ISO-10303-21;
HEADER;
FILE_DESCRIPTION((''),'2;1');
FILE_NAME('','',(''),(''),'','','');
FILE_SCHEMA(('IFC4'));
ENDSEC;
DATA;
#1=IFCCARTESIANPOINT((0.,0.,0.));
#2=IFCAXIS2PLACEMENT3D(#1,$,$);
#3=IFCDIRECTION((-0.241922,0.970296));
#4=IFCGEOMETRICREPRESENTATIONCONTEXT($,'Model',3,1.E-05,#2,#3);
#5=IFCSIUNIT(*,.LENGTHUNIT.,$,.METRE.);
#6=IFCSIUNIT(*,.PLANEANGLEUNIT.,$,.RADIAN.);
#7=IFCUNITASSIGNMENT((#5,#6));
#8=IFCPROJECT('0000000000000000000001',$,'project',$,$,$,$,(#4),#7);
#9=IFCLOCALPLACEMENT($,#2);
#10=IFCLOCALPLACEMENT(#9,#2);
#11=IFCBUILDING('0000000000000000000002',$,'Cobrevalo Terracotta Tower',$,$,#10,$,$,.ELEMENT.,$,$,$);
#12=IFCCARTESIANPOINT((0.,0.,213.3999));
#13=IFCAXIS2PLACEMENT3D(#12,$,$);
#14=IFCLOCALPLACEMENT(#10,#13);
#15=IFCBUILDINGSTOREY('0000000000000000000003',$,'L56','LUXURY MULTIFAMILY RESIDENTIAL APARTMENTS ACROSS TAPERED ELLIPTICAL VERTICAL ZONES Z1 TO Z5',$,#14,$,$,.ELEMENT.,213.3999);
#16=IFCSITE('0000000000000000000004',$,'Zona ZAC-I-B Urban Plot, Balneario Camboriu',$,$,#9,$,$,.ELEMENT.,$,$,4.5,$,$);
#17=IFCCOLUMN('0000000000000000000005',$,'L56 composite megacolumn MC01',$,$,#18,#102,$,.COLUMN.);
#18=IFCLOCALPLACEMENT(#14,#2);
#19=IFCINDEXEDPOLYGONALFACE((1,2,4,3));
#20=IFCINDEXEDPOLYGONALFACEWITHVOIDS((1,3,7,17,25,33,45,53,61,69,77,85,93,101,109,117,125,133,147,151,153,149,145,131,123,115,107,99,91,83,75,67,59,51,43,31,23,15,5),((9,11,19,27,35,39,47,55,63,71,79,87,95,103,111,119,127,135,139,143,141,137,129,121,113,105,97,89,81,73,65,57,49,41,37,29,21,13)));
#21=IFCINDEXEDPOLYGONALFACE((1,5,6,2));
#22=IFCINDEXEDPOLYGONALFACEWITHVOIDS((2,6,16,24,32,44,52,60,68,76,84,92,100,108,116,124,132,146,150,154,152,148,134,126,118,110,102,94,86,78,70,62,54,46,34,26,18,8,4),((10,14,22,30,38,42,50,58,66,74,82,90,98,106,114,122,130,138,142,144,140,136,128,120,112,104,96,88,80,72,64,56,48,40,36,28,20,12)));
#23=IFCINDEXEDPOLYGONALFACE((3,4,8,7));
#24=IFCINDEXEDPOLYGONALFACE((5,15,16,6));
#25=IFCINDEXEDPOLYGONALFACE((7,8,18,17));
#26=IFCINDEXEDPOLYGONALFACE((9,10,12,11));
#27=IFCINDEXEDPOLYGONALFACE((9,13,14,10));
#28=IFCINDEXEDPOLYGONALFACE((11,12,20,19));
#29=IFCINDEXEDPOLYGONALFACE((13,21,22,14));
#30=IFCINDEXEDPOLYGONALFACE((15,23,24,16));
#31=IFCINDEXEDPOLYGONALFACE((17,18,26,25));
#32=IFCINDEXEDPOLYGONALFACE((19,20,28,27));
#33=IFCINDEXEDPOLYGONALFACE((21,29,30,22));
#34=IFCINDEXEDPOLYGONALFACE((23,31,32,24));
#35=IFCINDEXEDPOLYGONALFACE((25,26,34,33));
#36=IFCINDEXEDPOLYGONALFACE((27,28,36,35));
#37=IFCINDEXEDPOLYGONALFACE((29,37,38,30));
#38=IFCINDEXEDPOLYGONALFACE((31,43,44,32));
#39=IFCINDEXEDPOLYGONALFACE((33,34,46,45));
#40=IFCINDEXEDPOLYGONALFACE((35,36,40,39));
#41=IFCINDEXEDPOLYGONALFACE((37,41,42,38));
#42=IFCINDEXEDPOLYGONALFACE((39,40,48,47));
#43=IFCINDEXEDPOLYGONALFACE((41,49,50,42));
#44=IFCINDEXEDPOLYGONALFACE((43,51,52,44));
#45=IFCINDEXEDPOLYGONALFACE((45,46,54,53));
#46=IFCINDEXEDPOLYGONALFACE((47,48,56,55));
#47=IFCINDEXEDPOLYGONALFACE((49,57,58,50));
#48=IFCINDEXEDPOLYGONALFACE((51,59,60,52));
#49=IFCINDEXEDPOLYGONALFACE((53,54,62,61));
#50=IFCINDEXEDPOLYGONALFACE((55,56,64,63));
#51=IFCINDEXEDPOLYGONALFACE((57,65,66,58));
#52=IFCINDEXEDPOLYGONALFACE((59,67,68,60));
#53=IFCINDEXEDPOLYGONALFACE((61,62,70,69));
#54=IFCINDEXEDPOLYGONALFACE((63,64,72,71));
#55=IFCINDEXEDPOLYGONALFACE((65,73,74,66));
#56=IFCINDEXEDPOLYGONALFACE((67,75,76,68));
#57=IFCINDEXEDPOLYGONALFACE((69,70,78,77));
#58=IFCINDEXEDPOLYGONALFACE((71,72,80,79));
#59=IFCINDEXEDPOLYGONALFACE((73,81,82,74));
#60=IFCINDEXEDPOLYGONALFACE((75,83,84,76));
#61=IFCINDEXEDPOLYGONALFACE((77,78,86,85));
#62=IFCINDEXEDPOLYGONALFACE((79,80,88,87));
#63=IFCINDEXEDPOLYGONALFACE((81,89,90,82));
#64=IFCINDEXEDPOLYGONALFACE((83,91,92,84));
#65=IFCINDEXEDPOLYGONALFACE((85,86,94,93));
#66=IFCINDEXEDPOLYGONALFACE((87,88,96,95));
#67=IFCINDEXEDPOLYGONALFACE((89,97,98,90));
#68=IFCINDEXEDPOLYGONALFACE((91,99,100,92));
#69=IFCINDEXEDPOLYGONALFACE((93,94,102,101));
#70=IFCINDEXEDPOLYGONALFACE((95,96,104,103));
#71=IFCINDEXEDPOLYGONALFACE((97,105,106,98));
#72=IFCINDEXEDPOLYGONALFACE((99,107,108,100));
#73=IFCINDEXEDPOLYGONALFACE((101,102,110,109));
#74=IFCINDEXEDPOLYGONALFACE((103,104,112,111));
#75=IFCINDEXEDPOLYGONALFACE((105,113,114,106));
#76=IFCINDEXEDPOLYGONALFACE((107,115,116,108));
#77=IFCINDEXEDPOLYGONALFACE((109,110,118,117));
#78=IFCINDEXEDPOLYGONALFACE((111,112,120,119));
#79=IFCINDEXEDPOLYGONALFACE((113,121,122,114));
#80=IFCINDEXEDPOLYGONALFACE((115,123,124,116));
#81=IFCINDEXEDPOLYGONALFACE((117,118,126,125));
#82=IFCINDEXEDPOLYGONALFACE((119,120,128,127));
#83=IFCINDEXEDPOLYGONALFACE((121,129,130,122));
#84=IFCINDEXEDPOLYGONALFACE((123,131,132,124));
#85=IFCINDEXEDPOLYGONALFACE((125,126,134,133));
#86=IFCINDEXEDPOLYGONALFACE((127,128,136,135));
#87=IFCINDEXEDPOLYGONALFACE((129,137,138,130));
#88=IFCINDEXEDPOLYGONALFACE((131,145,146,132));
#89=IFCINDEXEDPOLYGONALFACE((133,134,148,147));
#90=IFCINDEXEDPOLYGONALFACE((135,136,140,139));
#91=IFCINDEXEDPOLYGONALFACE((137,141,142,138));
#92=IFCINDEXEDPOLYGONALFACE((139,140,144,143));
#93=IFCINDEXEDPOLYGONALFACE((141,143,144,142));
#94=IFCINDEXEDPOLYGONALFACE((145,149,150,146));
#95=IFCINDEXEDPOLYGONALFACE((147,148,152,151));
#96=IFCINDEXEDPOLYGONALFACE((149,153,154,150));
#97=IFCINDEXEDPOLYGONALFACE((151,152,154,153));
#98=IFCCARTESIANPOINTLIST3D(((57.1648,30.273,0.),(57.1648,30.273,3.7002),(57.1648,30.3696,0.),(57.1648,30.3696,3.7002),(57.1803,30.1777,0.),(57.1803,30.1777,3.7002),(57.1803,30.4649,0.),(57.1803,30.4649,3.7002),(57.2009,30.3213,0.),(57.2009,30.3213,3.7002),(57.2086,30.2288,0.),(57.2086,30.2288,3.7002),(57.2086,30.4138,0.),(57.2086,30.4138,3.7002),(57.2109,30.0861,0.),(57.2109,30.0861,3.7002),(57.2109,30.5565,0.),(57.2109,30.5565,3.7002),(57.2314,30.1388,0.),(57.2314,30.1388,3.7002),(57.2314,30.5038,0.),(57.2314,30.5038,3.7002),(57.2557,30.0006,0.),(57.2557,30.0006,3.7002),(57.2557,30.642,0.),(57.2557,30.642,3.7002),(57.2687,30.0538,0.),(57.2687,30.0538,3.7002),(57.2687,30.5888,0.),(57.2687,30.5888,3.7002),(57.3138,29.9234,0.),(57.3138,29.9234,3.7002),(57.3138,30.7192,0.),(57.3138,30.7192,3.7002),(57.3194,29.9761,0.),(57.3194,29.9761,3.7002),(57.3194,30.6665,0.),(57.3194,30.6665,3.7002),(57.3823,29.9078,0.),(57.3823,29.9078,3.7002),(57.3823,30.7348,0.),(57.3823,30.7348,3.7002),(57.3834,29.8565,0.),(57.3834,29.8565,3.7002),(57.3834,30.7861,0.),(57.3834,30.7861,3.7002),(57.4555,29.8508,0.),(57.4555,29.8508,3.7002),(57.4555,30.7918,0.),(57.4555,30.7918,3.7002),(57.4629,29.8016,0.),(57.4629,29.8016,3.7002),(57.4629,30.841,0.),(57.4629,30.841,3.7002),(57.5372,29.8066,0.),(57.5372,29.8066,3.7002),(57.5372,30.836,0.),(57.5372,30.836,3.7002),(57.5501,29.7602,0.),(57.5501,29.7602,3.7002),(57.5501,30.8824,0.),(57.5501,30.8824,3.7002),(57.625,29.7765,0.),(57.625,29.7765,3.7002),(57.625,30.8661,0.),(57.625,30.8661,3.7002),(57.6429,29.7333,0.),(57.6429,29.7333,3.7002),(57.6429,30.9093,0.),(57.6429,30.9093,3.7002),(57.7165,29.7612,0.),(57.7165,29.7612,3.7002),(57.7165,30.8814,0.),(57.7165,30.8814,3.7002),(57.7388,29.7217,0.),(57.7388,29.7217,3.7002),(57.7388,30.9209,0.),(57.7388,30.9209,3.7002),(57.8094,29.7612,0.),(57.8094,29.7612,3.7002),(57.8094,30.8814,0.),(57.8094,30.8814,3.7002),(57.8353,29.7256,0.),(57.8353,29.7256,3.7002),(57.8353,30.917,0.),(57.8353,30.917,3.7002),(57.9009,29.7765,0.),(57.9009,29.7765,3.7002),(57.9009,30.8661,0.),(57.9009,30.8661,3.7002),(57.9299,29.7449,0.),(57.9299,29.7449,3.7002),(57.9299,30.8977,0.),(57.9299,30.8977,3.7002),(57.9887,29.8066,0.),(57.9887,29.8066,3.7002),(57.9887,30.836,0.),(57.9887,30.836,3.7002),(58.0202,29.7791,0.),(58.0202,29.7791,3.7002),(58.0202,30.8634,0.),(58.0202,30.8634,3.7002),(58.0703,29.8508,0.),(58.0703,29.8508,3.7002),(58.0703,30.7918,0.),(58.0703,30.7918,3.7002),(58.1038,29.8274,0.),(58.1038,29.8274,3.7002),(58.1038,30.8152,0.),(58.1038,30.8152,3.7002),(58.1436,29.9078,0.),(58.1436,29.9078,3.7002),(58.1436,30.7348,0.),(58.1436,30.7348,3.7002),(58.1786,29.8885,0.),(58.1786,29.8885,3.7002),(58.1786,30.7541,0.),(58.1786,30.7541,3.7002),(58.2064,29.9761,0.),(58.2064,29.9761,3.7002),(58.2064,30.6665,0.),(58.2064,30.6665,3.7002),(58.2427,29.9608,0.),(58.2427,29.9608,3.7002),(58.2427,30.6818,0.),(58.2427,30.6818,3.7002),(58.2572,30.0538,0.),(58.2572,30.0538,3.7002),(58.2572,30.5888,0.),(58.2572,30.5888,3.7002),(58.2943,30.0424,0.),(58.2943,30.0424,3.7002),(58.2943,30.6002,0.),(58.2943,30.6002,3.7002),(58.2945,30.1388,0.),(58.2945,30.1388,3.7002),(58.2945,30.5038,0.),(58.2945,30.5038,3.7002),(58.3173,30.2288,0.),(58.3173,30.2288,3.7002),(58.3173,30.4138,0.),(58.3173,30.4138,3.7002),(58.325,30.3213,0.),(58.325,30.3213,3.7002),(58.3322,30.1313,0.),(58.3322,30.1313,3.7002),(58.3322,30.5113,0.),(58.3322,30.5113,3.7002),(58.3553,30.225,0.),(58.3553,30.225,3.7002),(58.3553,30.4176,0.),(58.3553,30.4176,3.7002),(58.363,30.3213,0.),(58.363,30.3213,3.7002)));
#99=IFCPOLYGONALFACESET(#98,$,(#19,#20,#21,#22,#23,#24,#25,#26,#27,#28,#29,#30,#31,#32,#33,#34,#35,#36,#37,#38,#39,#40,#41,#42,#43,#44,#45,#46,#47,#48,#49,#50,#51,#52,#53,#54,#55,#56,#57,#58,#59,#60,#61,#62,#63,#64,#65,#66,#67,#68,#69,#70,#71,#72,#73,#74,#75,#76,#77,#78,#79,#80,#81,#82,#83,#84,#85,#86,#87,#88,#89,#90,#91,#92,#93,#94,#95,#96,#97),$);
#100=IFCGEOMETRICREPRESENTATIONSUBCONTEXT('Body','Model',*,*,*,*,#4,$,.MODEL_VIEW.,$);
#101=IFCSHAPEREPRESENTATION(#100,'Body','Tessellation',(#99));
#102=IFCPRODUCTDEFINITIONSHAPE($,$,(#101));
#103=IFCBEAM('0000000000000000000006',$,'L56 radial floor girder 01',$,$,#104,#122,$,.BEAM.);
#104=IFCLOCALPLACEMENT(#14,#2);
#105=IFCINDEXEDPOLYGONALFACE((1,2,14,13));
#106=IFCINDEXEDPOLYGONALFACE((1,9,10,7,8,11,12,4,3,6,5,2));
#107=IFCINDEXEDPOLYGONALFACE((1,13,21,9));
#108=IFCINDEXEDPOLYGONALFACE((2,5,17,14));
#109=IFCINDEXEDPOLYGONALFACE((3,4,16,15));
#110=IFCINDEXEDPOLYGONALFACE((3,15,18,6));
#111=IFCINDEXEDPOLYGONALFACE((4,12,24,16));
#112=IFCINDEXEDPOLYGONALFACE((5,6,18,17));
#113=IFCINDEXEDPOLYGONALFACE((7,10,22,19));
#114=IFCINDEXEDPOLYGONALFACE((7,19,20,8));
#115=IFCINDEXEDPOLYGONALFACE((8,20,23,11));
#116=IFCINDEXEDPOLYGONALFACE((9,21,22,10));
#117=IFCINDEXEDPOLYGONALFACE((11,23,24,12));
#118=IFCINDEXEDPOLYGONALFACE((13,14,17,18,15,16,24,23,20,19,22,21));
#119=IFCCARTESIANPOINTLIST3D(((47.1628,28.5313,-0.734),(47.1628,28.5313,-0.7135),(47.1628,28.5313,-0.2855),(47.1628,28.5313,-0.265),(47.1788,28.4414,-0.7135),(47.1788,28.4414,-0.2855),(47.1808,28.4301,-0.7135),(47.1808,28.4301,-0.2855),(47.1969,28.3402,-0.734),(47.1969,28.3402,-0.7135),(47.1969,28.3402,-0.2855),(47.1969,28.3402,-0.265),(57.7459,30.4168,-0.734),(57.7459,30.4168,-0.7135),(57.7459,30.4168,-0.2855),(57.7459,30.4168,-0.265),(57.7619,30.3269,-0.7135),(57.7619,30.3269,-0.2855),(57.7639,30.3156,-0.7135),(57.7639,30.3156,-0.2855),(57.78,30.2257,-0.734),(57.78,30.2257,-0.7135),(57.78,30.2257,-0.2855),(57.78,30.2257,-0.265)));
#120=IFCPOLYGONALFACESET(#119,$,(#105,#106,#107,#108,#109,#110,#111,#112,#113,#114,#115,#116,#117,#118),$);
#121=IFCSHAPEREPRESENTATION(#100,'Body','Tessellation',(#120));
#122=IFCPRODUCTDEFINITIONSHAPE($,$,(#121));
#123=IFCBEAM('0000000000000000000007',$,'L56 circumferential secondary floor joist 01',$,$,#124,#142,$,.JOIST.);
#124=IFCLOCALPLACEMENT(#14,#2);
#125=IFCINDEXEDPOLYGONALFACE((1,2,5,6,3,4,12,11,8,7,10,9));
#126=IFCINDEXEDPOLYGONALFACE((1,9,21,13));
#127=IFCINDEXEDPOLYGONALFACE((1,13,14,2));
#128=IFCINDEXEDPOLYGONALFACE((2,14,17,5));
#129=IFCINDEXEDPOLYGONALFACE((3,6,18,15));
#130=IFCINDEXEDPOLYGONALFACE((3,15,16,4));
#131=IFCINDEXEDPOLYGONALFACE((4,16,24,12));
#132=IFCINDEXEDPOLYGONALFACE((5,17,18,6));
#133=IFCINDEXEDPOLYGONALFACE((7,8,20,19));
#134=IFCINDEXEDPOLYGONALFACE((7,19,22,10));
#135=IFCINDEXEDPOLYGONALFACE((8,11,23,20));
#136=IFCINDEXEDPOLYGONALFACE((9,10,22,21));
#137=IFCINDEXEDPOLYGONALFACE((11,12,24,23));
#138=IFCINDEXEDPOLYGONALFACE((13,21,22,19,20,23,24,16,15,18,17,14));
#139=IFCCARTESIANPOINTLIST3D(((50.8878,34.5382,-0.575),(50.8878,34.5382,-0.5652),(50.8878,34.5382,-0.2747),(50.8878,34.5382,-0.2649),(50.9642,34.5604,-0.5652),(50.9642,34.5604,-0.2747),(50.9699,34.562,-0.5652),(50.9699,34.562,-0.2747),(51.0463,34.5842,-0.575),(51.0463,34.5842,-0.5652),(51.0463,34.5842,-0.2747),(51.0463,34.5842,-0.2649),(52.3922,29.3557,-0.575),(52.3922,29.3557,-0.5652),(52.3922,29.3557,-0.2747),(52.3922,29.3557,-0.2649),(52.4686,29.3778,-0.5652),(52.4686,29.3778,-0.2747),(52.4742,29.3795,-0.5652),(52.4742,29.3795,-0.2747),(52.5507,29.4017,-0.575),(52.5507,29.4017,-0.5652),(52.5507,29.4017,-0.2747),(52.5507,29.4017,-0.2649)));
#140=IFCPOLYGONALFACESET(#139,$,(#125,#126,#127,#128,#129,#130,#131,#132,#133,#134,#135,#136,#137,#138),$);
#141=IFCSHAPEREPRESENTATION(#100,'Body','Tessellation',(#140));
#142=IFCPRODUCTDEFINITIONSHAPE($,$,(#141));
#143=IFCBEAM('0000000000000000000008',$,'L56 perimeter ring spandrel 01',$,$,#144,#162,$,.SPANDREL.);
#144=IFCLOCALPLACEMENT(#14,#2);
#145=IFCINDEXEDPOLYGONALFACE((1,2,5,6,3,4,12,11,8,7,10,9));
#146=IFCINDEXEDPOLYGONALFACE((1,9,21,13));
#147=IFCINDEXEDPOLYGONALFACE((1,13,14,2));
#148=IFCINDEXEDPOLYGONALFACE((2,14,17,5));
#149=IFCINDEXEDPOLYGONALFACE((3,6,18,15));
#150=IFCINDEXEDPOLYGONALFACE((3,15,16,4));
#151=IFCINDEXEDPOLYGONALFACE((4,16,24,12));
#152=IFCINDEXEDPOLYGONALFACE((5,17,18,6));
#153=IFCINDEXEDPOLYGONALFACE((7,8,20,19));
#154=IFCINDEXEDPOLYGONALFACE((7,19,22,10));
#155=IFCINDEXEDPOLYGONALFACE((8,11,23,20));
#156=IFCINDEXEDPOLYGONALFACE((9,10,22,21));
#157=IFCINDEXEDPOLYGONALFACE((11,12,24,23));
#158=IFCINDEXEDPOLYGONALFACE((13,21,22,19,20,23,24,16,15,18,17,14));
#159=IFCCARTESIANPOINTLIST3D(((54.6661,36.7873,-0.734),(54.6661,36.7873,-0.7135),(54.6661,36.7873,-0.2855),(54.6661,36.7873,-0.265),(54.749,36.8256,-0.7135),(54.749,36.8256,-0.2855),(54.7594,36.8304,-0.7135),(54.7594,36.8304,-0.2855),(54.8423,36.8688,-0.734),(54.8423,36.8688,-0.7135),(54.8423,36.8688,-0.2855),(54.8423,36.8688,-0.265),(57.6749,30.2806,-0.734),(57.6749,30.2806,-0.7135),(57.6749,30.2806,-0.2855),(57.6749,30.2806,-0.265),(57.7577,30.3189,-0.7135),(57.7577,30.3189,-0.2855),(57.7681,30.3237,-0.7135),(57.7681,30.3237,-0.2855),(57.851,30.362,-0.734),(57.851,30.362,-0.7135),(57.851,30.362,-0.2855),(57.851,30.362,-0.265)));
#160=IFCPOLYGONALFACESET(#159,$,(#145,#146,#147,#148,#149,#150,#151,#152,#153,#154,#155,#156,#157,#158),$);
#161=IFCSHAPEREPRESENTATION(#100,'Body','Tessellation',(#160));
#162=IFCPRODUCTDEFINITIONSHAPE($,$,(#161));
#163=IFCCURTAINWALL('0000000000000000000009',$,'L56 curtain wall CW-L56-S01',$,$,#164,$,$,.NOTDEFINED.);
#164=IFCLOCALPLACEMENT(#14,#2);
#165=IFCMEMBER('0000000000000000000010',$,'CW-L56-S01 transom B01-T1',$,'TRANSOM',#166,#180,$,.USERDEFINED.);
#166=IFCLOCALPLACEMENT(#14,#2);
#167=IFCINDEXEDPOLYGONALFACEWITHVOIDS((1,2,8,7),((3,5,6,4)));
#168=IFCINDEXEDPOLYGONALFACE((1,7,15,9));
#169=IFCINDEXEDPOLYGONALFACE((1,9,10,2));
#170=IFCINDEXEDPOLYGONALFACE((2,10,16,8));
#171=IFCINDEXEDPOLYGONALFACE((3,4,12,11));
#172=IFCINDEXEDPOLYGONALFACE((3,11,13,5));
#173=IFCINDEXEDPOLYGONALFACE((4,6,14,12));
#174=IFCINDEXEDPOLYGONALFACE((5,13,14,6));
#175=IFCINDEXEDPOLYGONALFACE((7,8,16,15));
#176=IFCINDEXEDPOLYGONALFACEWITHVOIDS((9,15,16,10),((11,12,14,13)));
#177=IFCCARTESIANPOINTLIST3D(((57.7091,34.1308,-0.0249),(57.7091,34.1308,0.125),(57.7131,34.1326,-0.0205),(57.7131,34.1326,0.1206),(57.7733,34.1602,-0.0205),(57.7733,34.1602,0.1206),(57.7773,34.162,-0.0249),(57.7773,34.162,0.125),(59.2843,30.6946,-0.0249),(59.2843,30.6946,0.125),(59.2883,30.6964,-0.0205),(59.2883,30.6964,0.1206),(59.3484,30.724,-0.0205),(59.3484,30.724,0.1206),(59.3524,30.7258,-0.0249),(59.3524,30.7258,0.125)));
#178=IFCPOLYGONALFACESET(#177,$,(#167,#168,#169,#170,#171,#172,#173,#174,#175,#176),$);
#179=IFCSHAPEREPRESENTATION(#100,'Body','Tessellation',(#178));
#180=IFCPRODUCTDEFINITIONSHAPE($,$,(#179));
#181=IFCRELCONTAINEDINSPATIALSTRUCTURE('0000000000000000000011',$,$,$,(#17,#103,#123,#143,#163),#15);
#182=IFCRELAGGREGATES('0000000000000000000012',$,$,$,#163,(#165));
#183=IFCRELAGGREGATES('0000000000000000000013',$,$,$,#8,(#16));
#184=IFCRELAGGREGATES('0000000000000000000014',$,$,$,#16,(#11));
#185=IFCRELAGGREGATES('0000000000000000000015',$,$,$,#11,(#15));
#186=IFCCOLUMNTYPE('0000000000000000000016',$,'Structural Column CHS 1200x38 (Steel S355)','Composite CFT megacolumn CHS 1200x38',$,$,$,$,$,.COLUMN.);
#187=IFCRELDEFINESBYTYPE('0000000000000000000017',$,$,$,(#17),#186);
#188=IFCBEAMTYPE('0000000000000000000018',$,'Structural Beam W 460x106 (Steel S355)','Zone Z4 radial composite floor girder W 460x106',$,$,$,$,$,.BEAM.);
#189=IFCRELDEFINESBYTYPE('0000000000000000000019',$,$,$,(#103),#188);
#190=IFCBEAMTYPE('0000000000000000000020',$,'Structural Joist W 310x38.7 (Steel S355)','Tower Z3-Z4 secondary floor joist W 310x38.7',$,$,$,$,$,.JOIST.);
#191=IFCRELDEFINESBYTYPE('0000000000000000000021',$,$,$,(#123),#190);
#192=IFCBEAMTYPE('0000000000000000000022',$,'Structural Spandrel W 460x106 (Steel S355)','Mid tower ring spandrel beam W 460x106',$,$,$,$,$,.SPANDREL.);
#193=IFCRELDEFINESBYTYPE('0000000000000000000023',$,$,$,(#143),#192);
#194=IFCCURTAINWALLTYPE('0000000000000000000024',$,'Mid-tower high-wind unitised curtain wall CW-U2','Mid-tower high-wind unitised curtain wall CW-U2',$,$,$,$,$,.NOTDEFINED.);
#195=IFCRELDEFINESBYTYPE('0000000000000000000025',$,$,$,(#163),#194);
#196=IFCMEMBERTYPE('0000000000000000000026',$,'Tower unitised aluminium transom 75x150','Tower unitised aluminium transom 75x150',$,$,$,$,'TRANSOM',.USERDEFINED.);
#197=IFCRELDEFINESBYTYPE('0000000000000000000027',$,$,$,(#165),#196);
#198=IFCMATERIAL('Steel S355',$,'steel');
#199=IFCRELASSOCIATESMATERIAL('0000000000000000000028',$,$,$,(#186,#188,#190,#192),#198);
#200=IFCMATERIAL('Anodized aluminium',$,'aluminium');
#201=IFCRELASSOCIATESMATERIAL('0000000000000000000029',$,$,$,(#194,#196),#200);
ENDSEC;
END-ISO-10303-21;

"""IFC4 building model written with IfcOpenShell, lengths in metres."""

from ifc_helpers import new_model, si_unit, direction, frame, origin, origin_2d, place, context, subcontext, project, spatial, hollow_rectangle, hollow_circle, i_section, extrude, source, transform, mapped, material, material_profile, profile_set, type_object, element, aggregate, save


model = new_model("IFC4")

# Units and contexts
model_context = context("Model", 3, precision=1e-05, world=origin(), true_north=direction((-0.241922, 0.970296)))
body_context = subcontext(model_context, "Body", "Model", "MODEL_VIEW")
ifc_project = project(units=[si_unit("LENGTHUNIT", "METRE"), si_unit("PLANEANGLEUNIT", "RADIAN")], contexts=[model_context])

# Site, building, storey
site_placement = place(None, origin())
site = spatial("IfcSite", under=ifc_project, at=site_placement, Name="Zona ZAC-I-B Urban Plot, Balneario Camboriu", CompositionType="ELEMENT", RefElevation=4.5)
building_placement = place(site_placement, origin())
building = spatial("IfcBuilding", under=site, at=building_placement, Name="Cobrevalo Terracotta Tower", CompositionType="ELEMENT")
storey_placement = place(building_placement, frame((0.0, 0.0, 213.3999)))
storey = spatial("IfcBuildingStorey", under=building, at=storey_placement, Name="L56", Description="LUXURY MULTIFAMILY RESIDENTIAL APARTMENTS ACROSS TAPERED ELLIPTICAL VERTICAL ZONES Z1 TO Z5", CompositionType="ELEMENT", Elevation=213.3999)

# Column
ifc_material_1 = material(Name="Steel S355", Category="steel")
ifc_material_profile_1 = material_profile(ifc_material_1, hollow_circle(Radius=0.6001, WallThickness=0.0381, at=origin_2d()), Name="CHS 1200x38")
ifc_profile_set_1 = profile_set([ifc_material_profile_1], Name="Steel S355")
column_type = type_object("IfcColumnType", Name="Structural Column CHS 1200x38 (Steel S355)", Description="Composite CFT megacolumn CHS 1200x38", PredefinedType="COLUMN", material=ifc_profile_set_1)
column_placement = place(storey_placement, frame((57.7629, 30.3213, 0.0), z_axis=(0.0, 0.0, 1.0), x_axis=(1.0, 0.0, 0.0)))
element("IfcColumn", 1, at=column_placement, inside=storey, type_object=column_type, Name="L56 composite megacolumn MC01", PredefinedType="COLUMN", context=body_context, shape_type="SweptSolid", body=[
    extrude(hollow_circle(Radius=0.6001, WallThickness=0.0381, at=origin_2d()), origin(), (0.0, 0.0, 1.0), 3.7002),
])

# Beams
ifc_material_profile_2 = material_profile(ifc_material_1, i_section(OverallWidth=0.1941, OverallDepth=0.469, WebThickness=0.0115, FlangeThickness=0.0205, at=origin_2d()), Name="W 460x106")
ifc_profile_set_2 = profile_set([ifc_material_profile_2], Name="Steel S355")
beam_type_1 = type_object("IfcBeamType", Name="Structural Beam W 460x106 (Steel S355)", Description="Zone Z4 radial composite floor girder W 460x106", PredefinedType="BEAM", material=ifc_profile_set_2)
beam_1_placement = place(storey_placement, frame((57.7629, 30.3213, -0.4995), z_axis=(-0.984497, -0.175401, 0.0), x_axis=(0.175401, -0.984497, 0.0)))
element("IfcBeam", 2, at=beam_1_placement, inside=storey, type_object=beam_type_1, Name="L56 radial floor girder 01", PredefinedType="BEAM", context=body_context, shape_type="SweptSolid", body=[
    extrude(i_section(OverallWidth=0.1941, OverallDepth=0.469, WebThickness=0.0115, FlangeThickness=0.0205, at=origin_2d()), origin(), (0.0, 0.0, 1.0), 10.7498),
])
ifc_material_profile_3 = material_profile(ifc_material_1, i_section(OverallWidth=0.165, OverallDepth=0.3101, WebThickness=0.0059, FlangeThickness=0.0098, at=origin_2d()), Name="W 310x38.7")
ifc_profile_set_3 = profile_set([ifc_material_profile_3], Name="Steel S355")
beam_type_2 = type_object("IfcBeamType", Name="Structural Joist W 310x38.7 (Steel S355)", Description="Tower Z3-Z4 secondary floor joist W 310x38.7", PredefinedType="JOIST", material=ifc_profile_set_3)
beam_2_placement = place(storey_placement, frame((52.4714, 29.3787, -0.4199), z_axis=(-0.27877, 0.960358, 0.0), x_axis=(-0.960358, -0.27877, 0.0)))
element("IfcBeam", 3, at=beam_2_placement, inside=storey, type_object=beam_type_2, Name="L56 circumferential secondary floor joist 01", PredefinedType="JOIST", context=body_context, shape_type="SweptSolid", body=[
    extrude(i_section(OverallWidth=0.165, OverallDepth=0.3101, WebThickness=0.0059, FlangeThickness=0.0098, at=origin_2d()), origin(), (0.0, 0.0, 1.0), 5.3965),
])
ifc_material_profile_4 = material_profile(ifc_material_1, i_section(OverallWidth=0.1941, OverallDepth=0.469, WebThickness=0.0115, FlangeThickness=0.0205, at=origin_2d()), Name="W 460x106")
ifc_profile_set_4 = profile_set([ifc_material_profile_4], Name="Steel S355")
beam_type_3 = type_object("IfcBeamType", Name="Structural Spandrel W 460x106 (Steel S355)", Description="Mid tower ring spandrel beam W 460x106", PredefinedType="SPANDREL", material=ifc_profile_set_4)
beam_3_placement = place(storey_placement, frame((57.7629, 30.3213, -0.4995), z_axis=(-0.419706, 0.90766, 0.0), x_axis=(-0.90766, -0.419706, 0.0)))
element("IfcBeam", 4, at=beam_3_placement, inside=storey, type_object=beam_type_3, Name="L56 perimeter ring spandrel 01", PredefinedType="SPANDREL", context=body_context, shape_type="SweptSolid", body=[
    extrude(i_section(OverallWidth=0.1941, OverallDepth=0.469, WebThickness=0.0115, FlangeThickness=0.0205, at=origin_2d()), origin(), (0.0, 0.0, 1.0), 7.1687),
])

# Curtain wall, member
ifc_material_2 = material(Name="Anodized aluminium", Category="aluminium")
curtain_wall_type = type_object("IfcCurtainWallType", Name="Mid-tower high-wind unitised curtain wall CW-U2", Description="Mid-tower high-wind unitised curtain wall CW-U2", PredefinedType="NOTDEFINED", material=ifc_material_2)
curtain_wall_1_placement = place(storey_placement, origin())
curtain_wall_1 = element("IfcCurtainWall", 5, at=curtain_wall_1_placement, inside=storey, type_object=curtain_wall_type, Name="L56 curtain wall CW-L56-S01", PredefinedType="NOTDEFINED")
ifc_material_profile_5 = material_profile(ifc_material_2, hollow_rectangle(XDim=0.075, YDim=0.1499, WallThickness=0.0044, at=origin_2d()), Name="CWT 75x150")
ifc_profile_set_5 = profile_set([ifc_material_profile_5], Name="Anodized aluminium")
member_type_1 = type_object("IfcMemberType", Name="Tower unitised aluminium transom 75x150", Description="Tower unitised aluminium transom 75x150", ElementType="TRANSOM", PredefinedType="USERDEFINED", material=ifc_profile_set_5)
shared_shape_1 = source(origin(), body_context, "Body", "SweptSolid", [
    extrude(hollow_rectangle(XDim=0.075, YDim=0.1499, WallThickness=0.0044, at=origin_2d()), origin(), (0.0, 0.0, 1.0), 3.78),
])
member_1_placement = place(storey_placement, frame((59.3184, 30.7102, 0.05), z_axis=(-0.416706, 0.909041, 0.0), x_axis=(-0.909041, -0.416706, 0.0)))
member_1 = element("IfcMember", 6, at=member_1_placement, type_object=member_type_1, Name="CW-L56-S01 transom B01-T1", ObjectType="TRANSOM", PredefinedType="USERDEFINED", context=body_context, shape_type="MappedRepresentation", body=[
    mapped(shared_shape_1, transform((0.0, 0.0, 0.0), scale=1.0)),
])

aggregate(curtain_wall_1, [member_1])

save(model, "model.ifc")
